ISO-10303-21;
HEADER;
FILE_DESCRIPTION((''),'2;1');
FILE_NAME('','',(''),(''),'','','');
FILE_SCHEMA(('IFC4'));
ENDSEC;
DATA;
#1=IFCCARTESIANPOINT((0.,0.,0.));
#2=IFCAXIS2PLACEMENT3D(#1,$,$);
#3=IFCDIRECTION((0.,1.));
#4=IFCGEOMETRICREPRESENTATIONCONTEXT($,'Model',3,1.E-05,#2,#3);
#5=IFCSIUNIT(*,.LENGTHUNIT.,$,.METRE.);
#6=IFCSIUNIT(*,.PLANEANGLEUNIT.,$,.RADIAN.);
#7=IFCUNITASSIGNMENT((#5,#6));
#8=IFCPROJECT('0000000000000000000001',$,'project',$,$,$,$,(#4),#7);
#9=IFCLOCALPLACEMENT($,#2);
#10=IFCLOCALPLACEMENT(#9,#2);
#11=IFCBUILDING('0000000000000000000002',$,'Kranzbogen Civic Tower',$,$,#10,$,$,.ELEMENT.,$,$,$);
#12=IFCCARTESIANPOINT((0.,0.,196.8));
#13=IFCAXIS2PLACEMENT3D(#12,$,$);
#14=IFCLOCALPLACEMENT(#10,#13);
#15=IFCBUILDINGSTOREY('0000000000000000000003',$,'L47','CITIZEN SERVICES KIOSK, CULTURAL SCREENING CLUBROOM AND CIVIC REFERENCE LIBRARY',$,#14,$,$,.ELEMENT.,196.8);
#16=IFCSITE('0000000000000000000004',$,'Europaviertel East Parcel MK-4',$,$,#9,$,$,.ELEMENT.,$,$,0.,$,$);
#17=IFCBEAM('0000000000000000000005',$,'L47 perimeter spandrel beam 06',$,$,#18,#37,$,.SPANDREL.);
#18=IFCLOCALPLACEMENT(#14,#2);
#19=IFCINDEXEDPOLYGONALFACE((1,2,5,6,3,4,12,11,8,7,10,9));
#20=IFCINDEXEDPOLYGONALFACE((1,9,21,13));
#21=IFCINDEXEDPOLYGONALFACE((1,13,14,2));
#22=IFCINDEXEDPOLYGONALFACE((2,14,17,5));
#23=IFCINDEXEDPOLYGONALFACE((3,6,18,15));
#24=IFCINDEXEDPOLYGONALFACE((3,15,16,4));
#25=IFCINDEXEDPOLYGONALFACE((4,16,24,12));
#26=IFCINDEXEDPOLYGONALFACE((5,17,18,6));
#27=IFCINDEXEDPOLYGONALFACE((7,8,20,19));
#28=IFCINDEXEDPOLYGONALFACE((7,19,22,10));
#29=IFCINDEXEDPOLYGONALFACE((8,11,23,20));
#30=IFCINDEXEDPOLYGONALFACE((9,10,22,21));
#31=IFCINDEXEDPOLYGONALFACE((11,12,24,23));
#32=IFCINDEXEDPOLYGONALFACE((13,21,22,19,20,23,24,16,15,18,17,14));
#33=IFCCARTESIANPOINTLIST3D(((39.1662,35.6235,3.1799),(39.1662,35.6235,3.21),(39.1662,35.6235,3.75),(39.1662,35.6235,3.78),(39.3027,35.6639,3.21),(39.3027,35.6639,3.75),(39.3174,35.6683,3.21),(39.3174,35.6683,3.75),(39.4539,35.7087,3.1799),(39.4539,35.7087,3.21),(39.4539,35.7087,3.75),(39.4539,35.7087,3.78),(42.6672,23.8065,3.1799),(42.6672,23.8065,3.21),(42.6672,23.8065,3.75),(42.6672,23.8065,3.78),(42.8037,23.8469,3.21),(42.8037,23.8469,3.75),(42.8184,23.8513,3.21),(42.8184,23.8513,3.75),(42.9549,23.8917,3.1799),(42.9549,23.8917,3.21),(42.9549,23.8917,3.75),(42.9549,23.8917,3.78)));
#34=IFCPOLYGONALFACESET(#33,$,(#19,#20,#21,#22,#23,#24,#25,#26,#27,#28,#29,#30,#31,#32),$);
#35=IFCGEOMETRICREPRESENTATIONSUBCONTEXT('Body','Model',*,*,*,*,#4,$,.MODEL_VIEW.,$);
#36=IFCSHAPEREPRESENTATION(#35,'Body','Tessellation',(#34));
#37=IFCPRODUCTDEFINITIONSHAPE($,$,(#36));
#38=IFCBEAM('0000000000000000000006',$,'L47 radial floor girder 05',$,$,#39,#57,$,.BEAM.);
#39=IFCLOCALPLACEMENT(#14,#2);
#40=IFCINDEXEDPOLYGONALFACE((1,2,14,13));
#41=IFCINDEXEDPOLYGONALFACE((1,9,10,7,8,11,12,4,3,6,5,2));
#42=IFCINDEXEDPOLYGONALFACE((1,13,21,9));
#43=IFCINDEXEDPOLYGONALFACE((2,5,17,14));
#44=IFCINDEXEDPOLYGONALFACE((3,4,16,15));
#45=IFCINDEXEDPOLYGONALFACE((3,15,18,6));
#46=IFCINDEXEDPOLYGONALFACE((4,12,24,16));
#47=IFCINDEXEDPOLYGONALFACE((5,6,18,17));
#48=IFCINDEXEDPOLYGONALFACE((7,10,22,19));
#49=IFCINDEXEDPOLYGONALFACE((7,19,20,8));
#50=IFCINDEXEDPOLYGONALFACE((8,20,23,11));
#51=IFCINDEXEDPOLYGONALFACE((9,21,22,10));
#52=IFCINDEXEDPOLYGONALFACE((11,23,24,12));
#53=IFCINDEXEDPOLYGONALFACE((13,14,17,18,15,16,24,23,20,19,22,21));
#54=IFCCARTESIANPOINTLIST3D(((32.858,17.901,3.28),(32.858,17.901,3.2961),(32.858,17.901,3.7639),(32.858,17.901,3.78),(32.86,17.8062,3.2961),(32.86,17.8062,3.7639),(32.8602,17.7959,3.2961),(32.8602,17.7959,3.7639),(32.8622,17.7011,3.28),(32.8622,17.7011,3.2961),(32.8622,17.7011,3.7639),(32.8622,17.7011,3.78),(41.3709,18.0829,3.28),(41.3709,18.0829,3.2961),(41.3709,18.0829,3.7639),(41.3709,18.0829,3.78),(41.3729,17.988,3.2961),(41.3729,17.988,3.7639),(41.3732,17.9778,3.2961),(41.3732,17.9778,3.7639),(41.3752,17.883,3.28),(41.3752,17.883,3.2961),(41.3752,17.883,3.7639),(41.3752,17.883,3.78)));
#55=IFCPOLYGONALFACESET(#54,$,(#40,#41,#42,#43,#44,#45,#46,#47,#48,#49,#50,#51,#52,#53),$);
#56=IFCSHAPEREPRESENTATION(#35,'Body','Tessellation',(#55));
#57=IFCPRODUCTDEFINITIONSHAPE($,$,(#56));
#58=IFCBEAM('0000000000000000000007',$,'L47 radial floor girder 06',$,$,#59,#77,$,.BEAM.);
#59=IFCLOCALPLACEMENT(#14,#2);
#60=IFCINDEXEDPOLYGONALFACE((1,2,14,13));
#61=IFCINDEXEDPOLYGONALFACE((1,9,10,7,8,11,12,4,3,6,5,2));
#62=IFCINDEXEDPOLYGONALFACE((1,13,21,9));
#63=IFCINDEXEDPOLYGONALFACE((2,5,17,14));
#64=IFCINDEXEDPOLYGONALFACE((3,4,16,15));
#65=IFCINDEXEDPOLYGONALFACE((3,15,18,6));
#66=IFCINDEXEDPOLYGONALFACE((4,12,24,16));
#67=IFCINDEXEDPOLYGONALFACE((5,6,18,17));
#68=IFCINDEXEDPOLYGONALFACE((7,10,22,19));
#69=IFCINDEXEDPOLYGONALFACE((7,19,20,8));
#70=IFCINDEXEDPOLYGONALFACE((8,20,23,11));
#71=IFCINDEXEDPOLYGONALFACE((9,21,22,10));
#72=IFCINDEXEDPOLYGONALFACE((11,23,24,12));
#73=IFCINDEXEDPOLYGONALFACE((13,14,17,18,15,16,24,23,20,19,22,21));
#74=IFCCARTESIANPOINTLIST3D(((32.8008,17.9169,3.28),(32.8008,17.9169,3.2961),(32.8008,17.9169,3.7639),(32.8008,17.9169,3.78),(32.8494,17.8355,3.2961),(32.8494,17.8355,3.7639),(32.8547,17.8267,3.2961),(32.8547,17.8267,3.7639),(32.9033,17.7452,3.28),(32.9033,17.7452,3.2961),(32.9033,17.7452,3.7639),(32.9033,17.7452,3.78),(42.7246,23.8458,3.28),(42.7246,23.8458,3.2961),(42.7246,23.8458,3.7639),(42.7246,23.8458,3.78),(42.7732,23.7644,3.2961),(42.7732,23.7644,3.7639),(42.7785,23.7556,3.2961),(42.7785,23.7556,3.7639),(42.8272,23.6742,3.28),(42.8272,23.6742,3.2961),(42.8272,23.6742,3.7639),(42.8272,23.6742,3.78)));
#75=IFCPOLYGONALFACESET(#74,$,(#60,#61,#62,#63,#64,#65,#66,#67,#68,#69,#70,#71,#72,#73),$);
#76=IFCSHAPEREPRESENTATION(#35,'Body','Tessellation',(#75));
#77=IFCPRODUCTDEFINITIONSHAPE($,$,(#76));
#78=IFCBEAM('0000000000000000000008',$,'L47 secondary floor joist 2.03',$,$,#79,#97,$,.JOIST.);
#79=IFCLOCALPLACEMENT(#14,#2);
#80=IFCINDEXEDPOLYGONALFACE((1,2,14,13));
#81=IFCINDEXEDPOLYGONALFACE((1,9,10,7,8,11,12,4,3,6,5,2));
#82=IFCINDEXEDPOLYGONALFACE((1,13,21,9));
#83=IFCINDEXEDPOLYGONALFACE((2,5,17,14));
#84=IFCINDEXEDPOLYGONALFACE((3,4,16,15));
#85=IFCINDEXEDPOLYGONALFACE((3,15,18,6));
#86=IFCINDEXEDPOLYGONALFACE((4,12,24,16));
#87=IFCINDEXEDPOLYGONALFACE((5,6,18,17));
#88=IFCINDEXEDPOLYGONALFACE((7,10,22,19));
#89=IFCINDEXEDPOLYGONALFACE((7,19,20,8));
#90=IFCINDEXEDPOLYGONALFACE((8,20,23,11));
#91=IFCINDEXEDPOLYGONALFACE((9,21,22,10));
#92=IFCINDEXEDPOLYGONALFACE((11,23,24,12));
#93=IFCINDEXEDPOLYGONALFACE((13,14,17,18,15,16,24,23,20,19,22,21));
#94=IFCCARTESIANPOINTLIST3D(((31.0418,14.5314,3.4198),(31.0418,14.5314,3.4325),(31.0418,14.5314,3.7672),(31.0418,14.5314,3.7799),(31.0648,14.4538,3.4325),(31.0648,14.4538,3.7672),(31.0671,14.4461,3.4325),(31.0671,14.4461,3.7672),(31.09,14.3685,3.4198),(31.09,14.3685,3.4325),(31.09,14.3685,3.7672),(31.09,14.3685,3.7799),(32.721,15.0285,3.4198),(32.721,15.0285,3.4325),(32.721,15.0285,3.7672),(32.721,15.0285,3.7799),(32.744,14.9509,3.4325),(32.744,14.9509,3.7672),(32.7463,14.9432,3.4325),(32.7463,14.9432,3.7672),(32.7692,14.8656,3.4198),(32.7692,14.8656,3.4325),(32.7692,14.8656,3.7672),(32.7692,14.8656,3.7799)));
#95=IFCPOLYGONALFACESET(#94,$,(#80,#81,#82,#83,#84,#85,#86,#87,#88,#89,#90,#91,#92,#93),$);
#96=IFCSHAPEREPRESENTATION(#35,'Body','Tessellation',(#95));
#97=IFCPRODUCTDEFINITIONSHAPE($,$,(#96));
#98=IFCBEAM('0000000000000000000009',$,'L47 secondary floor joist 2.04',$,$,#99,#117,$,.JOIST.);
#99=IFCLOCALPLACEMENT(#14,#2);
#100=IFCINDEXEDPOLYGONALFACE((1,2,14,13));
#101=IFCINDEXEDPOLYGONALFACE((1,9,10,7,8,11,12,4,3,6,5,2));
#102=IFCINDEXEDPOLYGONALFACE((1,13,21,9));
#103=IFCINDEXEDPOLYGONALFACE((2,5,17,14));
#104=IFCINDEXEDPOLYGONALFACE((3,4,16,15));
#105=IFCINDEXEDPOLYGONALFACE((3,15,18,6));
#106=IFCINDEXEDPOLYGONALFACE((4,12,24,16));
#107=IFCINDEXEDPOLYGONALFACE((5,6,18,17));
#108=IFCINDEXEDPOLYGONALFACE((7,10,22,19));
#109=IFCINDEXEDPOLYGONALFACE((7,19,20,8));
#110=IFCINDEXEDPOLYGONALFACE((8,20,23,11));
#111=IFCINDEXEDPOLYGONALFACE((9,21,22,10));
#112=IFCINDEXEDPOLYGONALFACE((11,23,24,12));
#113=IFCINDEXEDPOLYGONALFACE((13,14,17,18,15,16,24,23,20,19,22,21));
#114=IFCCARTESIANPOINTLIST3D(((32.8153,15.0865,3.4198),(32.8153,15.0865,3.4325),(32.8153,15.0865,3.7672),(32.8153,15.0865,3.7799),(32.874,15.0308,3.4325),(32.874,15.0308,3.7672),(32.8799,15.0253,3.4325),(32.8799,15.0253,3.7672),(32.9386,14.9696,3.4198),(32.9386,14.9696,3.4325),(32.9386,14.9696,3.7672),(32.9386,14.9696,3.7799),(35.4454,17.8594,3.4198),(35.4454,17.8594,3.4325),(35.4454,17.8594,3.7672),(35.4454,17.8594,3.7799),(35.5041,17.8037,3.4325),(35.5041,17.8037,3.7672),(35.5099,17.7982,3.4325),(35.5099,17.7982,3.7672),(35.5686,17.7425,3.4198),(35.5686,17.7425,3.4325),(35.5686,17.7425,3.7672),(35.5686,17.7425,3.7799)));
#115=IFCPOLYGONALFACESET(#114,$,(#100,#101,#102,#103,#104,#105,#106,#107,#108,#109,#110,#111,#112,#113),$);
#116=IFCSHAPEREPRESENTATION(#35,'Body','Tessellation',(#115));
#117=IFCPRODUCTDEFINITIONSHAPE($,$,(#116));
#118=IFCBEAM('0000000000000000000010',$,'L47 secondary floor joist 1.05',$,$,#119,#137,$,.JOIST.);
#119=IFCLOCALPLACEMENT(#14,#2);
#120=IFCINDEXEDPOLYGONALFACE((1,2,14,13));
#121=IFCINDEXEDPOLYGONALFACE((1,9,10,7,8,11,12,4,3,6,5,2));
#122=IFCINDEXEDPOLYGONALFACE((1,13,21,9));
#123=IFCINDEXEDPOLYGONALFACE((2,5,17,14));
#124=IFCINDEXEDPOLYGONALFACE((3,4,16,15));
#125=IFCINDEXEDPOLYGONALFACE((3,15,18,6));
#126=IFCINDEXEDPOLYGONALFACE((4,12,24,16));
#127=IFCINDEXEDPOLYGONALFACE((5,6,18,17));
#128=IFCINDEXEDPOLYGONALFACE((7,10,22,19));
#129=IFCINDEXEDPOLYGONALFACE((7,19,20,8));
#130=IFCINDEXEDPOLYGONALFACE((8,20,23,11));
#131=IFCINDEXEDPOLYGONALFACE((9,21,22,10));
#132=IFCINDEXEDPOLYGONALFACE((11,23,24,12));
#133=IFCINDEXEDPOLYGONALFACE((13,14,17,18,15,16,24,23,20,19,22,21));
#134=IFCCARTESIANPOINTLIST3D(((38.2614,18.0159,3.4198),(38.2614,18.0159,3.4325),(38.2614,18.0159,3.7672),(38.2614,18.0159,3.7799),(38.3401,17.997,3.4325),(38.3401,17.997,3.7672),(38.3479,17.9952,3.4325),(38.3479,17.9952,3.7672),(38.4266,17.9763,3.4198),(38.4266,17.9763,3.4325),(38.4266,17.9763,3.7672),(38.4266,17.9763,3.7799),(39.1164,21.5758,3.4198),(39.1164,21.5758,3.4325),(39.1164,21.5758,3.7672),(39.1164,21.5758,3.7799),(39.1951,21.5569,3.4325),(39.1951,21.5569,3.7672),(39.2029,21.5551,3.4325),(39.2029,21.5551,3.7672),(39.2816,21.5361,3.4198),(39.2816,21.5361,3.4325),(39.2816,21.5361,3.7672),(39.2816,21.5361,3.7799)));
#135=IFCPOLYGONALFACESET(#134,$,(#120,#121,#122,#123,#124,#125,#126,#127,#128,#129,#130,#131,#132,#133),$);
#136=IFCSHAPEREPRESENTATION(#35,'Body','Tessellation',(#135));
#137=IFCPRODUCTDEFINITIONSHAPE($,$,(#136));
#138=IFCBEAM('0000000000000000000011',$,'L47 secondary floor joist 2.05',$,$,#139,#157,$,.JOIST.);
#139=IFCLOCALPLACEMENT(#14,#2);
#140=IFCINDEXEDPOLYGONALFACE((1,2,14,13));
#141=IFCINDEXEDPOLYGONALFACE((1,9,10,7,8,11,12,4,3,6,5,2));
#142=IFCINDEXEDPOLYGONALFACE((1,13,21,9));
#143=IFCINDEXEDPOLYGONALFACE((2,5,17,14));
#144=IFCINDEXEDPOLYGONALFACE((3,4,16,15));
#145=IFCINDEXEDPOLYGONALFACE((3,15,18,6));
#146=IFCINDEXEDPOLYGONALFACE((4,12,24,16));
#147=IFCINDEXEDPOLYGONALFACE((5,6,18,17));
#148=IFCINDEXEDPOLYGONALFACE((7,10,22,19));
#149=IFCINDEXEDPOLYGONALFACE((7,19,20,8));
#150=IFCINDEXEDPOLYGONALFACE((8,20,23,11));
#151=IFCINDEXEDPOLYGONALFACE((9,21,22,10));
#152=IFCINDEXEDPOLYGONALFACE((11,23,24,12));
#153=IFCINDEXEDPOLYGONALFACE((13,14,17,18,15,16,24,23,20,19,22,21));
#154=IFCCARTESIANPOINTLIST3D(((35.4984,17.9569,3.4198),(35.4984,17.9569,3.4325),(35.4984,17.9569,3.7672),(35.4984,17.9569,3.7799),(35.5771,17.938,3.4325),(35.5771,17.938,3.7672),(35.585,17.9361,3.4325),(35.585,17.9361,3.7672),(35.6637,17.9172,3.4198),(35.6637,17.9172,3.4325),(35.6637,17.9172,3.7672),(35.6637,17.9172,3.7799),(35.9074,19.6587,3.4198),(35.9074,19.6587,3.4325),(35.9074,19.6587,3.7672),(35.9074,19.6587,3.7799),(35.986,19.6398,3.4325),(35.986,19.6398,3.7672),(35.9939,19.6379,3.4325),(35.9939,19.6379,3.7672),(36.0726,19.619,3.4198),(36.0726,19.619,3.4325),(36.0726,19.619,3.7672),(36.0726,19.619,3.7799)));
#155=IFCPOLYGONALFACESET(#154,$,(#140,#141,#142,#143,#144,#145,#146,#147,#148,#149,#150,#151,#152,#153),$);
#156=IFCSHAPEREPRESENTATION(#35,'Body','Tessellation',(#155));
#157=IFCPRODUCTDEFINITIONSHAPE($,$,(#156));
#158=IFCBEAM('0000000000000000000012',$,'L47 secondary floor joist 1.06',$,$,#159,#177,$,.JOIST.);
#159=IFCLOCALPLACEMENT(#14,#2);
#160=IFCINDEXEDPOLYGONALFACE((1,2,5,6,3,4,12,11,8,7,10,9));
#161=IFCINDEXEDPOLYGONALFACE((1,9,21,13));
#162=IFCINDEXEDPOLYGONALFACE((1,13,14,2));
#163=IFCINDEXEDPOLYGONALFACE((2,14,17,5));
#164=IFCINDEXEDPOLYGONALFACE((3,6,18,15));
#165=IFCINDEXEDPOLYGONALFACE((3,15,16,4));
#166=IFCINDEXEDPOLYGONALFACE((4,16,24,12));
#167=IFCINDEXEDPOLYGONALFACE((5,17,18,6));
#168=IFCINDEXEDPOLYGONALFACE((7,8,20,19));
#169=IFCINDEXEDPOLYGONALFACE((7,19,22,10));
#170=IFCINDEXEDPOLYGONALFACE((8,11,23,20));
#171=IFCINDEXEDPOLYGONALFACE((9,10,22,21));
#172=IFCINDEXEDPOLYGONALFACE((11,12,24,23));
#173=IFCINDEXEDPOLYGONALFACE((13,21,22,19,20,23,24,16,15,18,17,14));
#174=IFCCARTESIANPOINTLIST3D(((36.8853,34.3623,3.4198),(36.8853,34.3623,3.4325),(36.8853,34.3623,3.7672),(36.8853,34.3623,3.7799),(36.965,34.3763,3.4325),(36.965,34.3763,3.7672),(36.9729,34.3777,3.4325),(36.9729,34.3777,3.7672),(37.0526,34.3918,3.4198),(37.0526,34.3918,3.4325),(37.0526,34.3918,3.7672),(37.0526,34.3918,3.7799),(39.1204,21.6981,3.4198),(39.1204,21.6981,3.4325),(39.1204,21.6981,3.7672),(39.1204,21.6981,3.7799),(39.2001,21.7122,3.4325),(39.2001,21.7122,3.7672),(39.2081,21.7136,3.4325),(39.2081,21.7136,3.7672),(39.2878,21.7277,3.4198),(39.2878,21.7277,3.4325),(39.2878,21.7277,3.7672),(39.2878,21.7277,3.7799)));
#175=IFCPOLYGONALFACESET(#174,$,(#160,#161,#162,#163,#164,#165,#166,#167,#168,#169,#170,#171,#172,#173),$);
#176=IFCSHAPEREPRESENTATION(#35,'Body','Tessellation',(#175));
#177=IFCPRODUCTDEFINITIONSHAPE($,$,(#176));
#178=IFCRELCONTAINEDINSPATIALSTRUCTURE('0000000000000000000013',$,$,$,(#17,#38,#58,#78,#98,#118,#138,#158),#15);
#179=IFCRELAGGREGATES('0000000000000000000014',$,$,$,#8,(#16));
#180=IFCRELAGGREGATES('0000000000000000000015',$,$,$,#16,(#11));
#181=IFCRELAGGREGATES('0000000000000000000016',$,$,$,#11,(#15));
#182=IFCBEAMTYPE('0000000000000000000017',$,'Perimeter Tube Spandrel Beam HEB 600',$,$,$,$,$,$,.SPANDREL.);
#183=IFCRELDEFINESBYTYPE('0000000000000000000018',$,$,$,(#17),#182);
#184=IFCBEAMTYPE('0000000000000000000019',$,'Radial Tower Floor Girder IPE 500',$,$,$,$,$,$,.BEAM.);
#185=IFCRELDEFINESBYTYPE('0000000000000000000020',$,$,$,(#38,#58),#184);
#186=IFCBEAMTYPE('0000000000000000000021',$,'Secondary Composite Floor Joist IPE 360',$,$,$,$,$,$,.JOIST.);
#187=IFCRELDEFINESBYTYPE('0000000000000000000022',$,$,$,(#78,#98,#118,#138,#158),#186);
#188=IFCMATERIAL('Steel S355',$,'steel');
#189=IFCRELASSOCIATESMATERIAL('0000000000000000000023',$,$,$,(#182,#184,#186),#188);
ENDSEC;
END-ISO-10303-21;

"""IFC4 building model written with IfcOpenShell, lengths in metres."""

from ifc_helpers import new_model, si_unit, direction, frame, origin, origin_2d, place, context, subcontext, project, spatial, i_section, extrude, material, material_profile, profile_set, type_object, element, save


model = new_model("IFC4")

# Units and contexts
model_context = context("Model", 3, precision=1e-05, world=origin(), true_north=direction((0.0, 1.0)))
body_context = subcontext(model_context, "Body", "Model", "MODEL_VIEW")
ifc_project = project(units=[si_unit("LENGTHUNIT", "METRE"), si_unit("PLANEANGLEUNIT", "RADIAN")], contexts=[model_context])

# Site, building, storey
site_placement = place(None, origin())
site = spatial("IfcSite", under=ifc_project, at=site_placement, Name="Europaviertel East Parcel MK-4", CompositionType="ELEMENT", RefElevation=0.0)
building_placement = place(site_placement, origin())
building = spatial("IfcBuilding", under=site, at=building_placement, Name="Kranzbogen Civic Tower", CompositionType="ELEMENT")
storey_placement = place(building_placement, frame((0.0, 0.0, 196.8)))
storey = spatial("IfcBuildingStorey", under=building, at=storey_placement, Name="L47", Description="CITIZEN SERVICES KIOSK, CULTURAL SCREENING CLUBROOM AND CIVIC REFERENCE LIBRARY", CompositionType="ELEMENT", Elevation=196.8)

# Shared definitions
ifc_material_1 = material(Name="Steel S355", Category="steel")

# Beams
ifc_material_profile_1 = material_profile(ifc_material_1, i_section(OverallWidth=0.3, OverallDepth=0.6001, WebThickness=0.0154, FlangeThickness=0.03, at=origin_2d()), Name="HEB 600")
ifc_profile_set_1 = profile_set([ifc_material_profile_1], Name="Steel S355")
beam_type_1 = type_object("IfcBeamType", Name="Perimeter Tube Spandrel Beam HEB 600", PredefinedType="SPANDREL", material=ifc_profile_set_1)
beam_1_placement = place(storey_placement, frame((42.811, 23.8491, 3.48), z_axis=(-0.284064, 0.958805, 0.0), x_axis=(-0.958805, -0.284064, 0.0)))
element("IfcBeam", 1, at=beam_1_placement, inside=storey, type_object=beam_type_1, Name="L47 perimeter spandrel beam 06", PredefinedType="SPANDREL", context=body_context, shape_type="SweptSolid", body=[
    extrude(i_section(OverallWidth=0.3, OverallDepth=0.6001, WebThickness=0.0154, FlangeThickness=0.03, at=origin_2d()), origin(), (0.0, 0.0, 1.0), 12.3247),
])
ifc_material_profile_2 = material_profile(ifc_material_1, i_section(OverallWidth=0.2, OverallDepth=0.5, WebThickness=0.0103, FlangeThickness=0.0161, at=origin_2d()), Name="IPE 500")
ifc_profile_set_2 = profile_set([ifc_material_profile_2], Name="Steel S355")
beam_type_2 = type_object("IfcBeamType", Name="Radial Tower Floor Girder IPE 500", PredefinedType="BEAM", material=ifc_profile_set_2)
beam_2_placement = place(storey_placement, frame((41.373, 17.9829, 3.53), z_axis=(-0.999772, -0.021361, 0.0), x_axis=(0.021361, -0.999772, 0.0)))
element("IfcBeam", 2, at=beam_2_placement, inside=storey, type_object=beam_type_2, Name="L47 radial floor girder 05", PredefinedType="BEAM", context=body_context, shape_type="SweptSolid", body=[
    extrude(i_section(OverallWidth=0.2, OverallDepth=0.5, WebThickness=0.0103, FlangeThickness=0.0161, at=origin_2d()), origin(), (0.0, 0.0, 1.0), 8.5149),
])
beam_3_placement = place(storey_placement, frame((42.7759, 23.76, 3.53), z_axis=(-0.858459, -0.512883, 0.0), x_axis=(0.512883, -0.858459, 0.0)))
element("IfcBeam", 3, at=beam_3_placement, inside=storey, type_object=beam_type_2, Name="L47 radial floor girder 06", PredefinedType="BEAM", context=body_context, shape_type="SweptSolid", body=[
    extrude(i_section(OverallWidth=0.2, OverallDepth=0.5, WebThickness=0.0103, FlangeThickness=0.0161, at=origin_2d()), origin(), (0.0, 0.0, 1.0), 11.5601),
])
ifc_material_profile_3 = material_profile(ifc_material_1, i_section(OverallWidth=0.1699, OverallDepth=0.3601, WebThickness=0.0081, FlangeThickness=0.0127, at=origin_2d()), Name="IPE 360")
ifc_profile_set_3 = profile_set([ifc_material_profile_3], Name="Steel S355")
beam_type_3 = type_object("IfcBeamType", Name="Secondary Composite Floor Joist IPE 360", PredefinedType="JOIST", material=ifc_profile_set_3)
beam_4_placement = place(storey_placement, frame((31.0659, 14.45, 3.5999), z_axis=(0.958871, 0.283841, 0.0), x_axis=(-0.283841, 0.958871, 0.0)))
element("IfcBeam", 4, at=beam_4_placement, inside=storey, type_object=beam_type_3, Name="L47 secondary floor joist 2.03", PredefinedType="JOIST", context=body_context, shape_type="SweptSolid", body=[
    extrude(i_section(OverallWidth=0.1699, OverallDepth=0.3601, WebThickness=0.0081, FlangeThickness=0.0127, at=origin_2d()), origin(), (0.0, 0.0, 1.0), 1.7512),
])
beam_5_placement = place(storey_placement, frame((32.877, 15.0281, 3.5999), z_axis=(0.688175, 0.725545, 0.0), x_axis=(-0.725545, 0.688175, 0.0)))
element("IfcBeam", 5, at=beam_5_placement, inside=storey, type_object=beam_type_3, Name="L47 secondary floor joist 2.04", PredefinedType="JOIST", context=body_context, shape_type="SweptSolid", body=[
    extrude(i_section(OverallWidth=0.1699, OverallDepth=0.3601, WebThickness=0.0081, FlangeThickness=0.0127, at=origin_2d()), origin(), (0.0, 0.0, 1.0), 3.8218),
])
beam_6_placement = place(storey_placement, frame((38.344, 17.9961, 3.5999), z_axis=(0.233534, 0.972349, 0.0), x_axis=(-0.972349, 0.233534, 0.0)))
element("IfcBeam", 6, at=beam_6_placement, inside=storey, type_object=beam_type_3, Name="L47 secondary floor joist 1.05", PredefinedType="JOIST", context=body_context, shape_type="SweptSolid", body=[
    extrude(i_section(OverallWidth=0.1699, OverallDepth=0.3601, WebThickness=0.0081, FlangeThickness=0.0127, at=origin_2d()), origin(), (0.0, 0.0, 1.0), 3.6611),
])
beam_7_placement = place(storey_placement, frame((35.5811, 17.937, 3.5999), z_axis=(0.233631, 0.972325, 0.0), x_axis=(-0.972325, 0.233631, 0.0)))
element("IfcBeam", 7, at=beam_7_placement, inside=storey, type_object=beam_type_3, Name="L47 secondary floor joist 2.05", PredefinedType="JOIST", context=body_context, shape_type="SweptSolid", body=[
    extrude(i_section(OverallWidth=0.1699, OverallDepth=0.3601, WebThickness=0.0081, FlangeThickness=0.0127, at=origin_2d()), origin(), (0.0, 0.0, 1.0), 1.7502),
])
beam_8_placement = place(storey_placement, frame((39.2041, 21.7129, 3.5999), z_axis=(-0.173806, 0.98478, 0.0), x_axis=(-0.98478, -0.173806, 0.0)))
element("IfcBeam", 8, at=beam_8_placement, inside=storey, type_object=beam_type_3, Name="L47 secondary floor joist 1.06", PredefinedType="JOIST", context=body_context, shape_type="SweptSolid", body=[
    extrude(i_section(OverallWidth=0.1699, OverallDepth=0.3601, WebThickness=0.0081, FlangeThickness=0.0127, at=origin_2d()), origin(), (0.0, 0.0, 1.0), 12.8599),
])

save(model, "model.ifc")
